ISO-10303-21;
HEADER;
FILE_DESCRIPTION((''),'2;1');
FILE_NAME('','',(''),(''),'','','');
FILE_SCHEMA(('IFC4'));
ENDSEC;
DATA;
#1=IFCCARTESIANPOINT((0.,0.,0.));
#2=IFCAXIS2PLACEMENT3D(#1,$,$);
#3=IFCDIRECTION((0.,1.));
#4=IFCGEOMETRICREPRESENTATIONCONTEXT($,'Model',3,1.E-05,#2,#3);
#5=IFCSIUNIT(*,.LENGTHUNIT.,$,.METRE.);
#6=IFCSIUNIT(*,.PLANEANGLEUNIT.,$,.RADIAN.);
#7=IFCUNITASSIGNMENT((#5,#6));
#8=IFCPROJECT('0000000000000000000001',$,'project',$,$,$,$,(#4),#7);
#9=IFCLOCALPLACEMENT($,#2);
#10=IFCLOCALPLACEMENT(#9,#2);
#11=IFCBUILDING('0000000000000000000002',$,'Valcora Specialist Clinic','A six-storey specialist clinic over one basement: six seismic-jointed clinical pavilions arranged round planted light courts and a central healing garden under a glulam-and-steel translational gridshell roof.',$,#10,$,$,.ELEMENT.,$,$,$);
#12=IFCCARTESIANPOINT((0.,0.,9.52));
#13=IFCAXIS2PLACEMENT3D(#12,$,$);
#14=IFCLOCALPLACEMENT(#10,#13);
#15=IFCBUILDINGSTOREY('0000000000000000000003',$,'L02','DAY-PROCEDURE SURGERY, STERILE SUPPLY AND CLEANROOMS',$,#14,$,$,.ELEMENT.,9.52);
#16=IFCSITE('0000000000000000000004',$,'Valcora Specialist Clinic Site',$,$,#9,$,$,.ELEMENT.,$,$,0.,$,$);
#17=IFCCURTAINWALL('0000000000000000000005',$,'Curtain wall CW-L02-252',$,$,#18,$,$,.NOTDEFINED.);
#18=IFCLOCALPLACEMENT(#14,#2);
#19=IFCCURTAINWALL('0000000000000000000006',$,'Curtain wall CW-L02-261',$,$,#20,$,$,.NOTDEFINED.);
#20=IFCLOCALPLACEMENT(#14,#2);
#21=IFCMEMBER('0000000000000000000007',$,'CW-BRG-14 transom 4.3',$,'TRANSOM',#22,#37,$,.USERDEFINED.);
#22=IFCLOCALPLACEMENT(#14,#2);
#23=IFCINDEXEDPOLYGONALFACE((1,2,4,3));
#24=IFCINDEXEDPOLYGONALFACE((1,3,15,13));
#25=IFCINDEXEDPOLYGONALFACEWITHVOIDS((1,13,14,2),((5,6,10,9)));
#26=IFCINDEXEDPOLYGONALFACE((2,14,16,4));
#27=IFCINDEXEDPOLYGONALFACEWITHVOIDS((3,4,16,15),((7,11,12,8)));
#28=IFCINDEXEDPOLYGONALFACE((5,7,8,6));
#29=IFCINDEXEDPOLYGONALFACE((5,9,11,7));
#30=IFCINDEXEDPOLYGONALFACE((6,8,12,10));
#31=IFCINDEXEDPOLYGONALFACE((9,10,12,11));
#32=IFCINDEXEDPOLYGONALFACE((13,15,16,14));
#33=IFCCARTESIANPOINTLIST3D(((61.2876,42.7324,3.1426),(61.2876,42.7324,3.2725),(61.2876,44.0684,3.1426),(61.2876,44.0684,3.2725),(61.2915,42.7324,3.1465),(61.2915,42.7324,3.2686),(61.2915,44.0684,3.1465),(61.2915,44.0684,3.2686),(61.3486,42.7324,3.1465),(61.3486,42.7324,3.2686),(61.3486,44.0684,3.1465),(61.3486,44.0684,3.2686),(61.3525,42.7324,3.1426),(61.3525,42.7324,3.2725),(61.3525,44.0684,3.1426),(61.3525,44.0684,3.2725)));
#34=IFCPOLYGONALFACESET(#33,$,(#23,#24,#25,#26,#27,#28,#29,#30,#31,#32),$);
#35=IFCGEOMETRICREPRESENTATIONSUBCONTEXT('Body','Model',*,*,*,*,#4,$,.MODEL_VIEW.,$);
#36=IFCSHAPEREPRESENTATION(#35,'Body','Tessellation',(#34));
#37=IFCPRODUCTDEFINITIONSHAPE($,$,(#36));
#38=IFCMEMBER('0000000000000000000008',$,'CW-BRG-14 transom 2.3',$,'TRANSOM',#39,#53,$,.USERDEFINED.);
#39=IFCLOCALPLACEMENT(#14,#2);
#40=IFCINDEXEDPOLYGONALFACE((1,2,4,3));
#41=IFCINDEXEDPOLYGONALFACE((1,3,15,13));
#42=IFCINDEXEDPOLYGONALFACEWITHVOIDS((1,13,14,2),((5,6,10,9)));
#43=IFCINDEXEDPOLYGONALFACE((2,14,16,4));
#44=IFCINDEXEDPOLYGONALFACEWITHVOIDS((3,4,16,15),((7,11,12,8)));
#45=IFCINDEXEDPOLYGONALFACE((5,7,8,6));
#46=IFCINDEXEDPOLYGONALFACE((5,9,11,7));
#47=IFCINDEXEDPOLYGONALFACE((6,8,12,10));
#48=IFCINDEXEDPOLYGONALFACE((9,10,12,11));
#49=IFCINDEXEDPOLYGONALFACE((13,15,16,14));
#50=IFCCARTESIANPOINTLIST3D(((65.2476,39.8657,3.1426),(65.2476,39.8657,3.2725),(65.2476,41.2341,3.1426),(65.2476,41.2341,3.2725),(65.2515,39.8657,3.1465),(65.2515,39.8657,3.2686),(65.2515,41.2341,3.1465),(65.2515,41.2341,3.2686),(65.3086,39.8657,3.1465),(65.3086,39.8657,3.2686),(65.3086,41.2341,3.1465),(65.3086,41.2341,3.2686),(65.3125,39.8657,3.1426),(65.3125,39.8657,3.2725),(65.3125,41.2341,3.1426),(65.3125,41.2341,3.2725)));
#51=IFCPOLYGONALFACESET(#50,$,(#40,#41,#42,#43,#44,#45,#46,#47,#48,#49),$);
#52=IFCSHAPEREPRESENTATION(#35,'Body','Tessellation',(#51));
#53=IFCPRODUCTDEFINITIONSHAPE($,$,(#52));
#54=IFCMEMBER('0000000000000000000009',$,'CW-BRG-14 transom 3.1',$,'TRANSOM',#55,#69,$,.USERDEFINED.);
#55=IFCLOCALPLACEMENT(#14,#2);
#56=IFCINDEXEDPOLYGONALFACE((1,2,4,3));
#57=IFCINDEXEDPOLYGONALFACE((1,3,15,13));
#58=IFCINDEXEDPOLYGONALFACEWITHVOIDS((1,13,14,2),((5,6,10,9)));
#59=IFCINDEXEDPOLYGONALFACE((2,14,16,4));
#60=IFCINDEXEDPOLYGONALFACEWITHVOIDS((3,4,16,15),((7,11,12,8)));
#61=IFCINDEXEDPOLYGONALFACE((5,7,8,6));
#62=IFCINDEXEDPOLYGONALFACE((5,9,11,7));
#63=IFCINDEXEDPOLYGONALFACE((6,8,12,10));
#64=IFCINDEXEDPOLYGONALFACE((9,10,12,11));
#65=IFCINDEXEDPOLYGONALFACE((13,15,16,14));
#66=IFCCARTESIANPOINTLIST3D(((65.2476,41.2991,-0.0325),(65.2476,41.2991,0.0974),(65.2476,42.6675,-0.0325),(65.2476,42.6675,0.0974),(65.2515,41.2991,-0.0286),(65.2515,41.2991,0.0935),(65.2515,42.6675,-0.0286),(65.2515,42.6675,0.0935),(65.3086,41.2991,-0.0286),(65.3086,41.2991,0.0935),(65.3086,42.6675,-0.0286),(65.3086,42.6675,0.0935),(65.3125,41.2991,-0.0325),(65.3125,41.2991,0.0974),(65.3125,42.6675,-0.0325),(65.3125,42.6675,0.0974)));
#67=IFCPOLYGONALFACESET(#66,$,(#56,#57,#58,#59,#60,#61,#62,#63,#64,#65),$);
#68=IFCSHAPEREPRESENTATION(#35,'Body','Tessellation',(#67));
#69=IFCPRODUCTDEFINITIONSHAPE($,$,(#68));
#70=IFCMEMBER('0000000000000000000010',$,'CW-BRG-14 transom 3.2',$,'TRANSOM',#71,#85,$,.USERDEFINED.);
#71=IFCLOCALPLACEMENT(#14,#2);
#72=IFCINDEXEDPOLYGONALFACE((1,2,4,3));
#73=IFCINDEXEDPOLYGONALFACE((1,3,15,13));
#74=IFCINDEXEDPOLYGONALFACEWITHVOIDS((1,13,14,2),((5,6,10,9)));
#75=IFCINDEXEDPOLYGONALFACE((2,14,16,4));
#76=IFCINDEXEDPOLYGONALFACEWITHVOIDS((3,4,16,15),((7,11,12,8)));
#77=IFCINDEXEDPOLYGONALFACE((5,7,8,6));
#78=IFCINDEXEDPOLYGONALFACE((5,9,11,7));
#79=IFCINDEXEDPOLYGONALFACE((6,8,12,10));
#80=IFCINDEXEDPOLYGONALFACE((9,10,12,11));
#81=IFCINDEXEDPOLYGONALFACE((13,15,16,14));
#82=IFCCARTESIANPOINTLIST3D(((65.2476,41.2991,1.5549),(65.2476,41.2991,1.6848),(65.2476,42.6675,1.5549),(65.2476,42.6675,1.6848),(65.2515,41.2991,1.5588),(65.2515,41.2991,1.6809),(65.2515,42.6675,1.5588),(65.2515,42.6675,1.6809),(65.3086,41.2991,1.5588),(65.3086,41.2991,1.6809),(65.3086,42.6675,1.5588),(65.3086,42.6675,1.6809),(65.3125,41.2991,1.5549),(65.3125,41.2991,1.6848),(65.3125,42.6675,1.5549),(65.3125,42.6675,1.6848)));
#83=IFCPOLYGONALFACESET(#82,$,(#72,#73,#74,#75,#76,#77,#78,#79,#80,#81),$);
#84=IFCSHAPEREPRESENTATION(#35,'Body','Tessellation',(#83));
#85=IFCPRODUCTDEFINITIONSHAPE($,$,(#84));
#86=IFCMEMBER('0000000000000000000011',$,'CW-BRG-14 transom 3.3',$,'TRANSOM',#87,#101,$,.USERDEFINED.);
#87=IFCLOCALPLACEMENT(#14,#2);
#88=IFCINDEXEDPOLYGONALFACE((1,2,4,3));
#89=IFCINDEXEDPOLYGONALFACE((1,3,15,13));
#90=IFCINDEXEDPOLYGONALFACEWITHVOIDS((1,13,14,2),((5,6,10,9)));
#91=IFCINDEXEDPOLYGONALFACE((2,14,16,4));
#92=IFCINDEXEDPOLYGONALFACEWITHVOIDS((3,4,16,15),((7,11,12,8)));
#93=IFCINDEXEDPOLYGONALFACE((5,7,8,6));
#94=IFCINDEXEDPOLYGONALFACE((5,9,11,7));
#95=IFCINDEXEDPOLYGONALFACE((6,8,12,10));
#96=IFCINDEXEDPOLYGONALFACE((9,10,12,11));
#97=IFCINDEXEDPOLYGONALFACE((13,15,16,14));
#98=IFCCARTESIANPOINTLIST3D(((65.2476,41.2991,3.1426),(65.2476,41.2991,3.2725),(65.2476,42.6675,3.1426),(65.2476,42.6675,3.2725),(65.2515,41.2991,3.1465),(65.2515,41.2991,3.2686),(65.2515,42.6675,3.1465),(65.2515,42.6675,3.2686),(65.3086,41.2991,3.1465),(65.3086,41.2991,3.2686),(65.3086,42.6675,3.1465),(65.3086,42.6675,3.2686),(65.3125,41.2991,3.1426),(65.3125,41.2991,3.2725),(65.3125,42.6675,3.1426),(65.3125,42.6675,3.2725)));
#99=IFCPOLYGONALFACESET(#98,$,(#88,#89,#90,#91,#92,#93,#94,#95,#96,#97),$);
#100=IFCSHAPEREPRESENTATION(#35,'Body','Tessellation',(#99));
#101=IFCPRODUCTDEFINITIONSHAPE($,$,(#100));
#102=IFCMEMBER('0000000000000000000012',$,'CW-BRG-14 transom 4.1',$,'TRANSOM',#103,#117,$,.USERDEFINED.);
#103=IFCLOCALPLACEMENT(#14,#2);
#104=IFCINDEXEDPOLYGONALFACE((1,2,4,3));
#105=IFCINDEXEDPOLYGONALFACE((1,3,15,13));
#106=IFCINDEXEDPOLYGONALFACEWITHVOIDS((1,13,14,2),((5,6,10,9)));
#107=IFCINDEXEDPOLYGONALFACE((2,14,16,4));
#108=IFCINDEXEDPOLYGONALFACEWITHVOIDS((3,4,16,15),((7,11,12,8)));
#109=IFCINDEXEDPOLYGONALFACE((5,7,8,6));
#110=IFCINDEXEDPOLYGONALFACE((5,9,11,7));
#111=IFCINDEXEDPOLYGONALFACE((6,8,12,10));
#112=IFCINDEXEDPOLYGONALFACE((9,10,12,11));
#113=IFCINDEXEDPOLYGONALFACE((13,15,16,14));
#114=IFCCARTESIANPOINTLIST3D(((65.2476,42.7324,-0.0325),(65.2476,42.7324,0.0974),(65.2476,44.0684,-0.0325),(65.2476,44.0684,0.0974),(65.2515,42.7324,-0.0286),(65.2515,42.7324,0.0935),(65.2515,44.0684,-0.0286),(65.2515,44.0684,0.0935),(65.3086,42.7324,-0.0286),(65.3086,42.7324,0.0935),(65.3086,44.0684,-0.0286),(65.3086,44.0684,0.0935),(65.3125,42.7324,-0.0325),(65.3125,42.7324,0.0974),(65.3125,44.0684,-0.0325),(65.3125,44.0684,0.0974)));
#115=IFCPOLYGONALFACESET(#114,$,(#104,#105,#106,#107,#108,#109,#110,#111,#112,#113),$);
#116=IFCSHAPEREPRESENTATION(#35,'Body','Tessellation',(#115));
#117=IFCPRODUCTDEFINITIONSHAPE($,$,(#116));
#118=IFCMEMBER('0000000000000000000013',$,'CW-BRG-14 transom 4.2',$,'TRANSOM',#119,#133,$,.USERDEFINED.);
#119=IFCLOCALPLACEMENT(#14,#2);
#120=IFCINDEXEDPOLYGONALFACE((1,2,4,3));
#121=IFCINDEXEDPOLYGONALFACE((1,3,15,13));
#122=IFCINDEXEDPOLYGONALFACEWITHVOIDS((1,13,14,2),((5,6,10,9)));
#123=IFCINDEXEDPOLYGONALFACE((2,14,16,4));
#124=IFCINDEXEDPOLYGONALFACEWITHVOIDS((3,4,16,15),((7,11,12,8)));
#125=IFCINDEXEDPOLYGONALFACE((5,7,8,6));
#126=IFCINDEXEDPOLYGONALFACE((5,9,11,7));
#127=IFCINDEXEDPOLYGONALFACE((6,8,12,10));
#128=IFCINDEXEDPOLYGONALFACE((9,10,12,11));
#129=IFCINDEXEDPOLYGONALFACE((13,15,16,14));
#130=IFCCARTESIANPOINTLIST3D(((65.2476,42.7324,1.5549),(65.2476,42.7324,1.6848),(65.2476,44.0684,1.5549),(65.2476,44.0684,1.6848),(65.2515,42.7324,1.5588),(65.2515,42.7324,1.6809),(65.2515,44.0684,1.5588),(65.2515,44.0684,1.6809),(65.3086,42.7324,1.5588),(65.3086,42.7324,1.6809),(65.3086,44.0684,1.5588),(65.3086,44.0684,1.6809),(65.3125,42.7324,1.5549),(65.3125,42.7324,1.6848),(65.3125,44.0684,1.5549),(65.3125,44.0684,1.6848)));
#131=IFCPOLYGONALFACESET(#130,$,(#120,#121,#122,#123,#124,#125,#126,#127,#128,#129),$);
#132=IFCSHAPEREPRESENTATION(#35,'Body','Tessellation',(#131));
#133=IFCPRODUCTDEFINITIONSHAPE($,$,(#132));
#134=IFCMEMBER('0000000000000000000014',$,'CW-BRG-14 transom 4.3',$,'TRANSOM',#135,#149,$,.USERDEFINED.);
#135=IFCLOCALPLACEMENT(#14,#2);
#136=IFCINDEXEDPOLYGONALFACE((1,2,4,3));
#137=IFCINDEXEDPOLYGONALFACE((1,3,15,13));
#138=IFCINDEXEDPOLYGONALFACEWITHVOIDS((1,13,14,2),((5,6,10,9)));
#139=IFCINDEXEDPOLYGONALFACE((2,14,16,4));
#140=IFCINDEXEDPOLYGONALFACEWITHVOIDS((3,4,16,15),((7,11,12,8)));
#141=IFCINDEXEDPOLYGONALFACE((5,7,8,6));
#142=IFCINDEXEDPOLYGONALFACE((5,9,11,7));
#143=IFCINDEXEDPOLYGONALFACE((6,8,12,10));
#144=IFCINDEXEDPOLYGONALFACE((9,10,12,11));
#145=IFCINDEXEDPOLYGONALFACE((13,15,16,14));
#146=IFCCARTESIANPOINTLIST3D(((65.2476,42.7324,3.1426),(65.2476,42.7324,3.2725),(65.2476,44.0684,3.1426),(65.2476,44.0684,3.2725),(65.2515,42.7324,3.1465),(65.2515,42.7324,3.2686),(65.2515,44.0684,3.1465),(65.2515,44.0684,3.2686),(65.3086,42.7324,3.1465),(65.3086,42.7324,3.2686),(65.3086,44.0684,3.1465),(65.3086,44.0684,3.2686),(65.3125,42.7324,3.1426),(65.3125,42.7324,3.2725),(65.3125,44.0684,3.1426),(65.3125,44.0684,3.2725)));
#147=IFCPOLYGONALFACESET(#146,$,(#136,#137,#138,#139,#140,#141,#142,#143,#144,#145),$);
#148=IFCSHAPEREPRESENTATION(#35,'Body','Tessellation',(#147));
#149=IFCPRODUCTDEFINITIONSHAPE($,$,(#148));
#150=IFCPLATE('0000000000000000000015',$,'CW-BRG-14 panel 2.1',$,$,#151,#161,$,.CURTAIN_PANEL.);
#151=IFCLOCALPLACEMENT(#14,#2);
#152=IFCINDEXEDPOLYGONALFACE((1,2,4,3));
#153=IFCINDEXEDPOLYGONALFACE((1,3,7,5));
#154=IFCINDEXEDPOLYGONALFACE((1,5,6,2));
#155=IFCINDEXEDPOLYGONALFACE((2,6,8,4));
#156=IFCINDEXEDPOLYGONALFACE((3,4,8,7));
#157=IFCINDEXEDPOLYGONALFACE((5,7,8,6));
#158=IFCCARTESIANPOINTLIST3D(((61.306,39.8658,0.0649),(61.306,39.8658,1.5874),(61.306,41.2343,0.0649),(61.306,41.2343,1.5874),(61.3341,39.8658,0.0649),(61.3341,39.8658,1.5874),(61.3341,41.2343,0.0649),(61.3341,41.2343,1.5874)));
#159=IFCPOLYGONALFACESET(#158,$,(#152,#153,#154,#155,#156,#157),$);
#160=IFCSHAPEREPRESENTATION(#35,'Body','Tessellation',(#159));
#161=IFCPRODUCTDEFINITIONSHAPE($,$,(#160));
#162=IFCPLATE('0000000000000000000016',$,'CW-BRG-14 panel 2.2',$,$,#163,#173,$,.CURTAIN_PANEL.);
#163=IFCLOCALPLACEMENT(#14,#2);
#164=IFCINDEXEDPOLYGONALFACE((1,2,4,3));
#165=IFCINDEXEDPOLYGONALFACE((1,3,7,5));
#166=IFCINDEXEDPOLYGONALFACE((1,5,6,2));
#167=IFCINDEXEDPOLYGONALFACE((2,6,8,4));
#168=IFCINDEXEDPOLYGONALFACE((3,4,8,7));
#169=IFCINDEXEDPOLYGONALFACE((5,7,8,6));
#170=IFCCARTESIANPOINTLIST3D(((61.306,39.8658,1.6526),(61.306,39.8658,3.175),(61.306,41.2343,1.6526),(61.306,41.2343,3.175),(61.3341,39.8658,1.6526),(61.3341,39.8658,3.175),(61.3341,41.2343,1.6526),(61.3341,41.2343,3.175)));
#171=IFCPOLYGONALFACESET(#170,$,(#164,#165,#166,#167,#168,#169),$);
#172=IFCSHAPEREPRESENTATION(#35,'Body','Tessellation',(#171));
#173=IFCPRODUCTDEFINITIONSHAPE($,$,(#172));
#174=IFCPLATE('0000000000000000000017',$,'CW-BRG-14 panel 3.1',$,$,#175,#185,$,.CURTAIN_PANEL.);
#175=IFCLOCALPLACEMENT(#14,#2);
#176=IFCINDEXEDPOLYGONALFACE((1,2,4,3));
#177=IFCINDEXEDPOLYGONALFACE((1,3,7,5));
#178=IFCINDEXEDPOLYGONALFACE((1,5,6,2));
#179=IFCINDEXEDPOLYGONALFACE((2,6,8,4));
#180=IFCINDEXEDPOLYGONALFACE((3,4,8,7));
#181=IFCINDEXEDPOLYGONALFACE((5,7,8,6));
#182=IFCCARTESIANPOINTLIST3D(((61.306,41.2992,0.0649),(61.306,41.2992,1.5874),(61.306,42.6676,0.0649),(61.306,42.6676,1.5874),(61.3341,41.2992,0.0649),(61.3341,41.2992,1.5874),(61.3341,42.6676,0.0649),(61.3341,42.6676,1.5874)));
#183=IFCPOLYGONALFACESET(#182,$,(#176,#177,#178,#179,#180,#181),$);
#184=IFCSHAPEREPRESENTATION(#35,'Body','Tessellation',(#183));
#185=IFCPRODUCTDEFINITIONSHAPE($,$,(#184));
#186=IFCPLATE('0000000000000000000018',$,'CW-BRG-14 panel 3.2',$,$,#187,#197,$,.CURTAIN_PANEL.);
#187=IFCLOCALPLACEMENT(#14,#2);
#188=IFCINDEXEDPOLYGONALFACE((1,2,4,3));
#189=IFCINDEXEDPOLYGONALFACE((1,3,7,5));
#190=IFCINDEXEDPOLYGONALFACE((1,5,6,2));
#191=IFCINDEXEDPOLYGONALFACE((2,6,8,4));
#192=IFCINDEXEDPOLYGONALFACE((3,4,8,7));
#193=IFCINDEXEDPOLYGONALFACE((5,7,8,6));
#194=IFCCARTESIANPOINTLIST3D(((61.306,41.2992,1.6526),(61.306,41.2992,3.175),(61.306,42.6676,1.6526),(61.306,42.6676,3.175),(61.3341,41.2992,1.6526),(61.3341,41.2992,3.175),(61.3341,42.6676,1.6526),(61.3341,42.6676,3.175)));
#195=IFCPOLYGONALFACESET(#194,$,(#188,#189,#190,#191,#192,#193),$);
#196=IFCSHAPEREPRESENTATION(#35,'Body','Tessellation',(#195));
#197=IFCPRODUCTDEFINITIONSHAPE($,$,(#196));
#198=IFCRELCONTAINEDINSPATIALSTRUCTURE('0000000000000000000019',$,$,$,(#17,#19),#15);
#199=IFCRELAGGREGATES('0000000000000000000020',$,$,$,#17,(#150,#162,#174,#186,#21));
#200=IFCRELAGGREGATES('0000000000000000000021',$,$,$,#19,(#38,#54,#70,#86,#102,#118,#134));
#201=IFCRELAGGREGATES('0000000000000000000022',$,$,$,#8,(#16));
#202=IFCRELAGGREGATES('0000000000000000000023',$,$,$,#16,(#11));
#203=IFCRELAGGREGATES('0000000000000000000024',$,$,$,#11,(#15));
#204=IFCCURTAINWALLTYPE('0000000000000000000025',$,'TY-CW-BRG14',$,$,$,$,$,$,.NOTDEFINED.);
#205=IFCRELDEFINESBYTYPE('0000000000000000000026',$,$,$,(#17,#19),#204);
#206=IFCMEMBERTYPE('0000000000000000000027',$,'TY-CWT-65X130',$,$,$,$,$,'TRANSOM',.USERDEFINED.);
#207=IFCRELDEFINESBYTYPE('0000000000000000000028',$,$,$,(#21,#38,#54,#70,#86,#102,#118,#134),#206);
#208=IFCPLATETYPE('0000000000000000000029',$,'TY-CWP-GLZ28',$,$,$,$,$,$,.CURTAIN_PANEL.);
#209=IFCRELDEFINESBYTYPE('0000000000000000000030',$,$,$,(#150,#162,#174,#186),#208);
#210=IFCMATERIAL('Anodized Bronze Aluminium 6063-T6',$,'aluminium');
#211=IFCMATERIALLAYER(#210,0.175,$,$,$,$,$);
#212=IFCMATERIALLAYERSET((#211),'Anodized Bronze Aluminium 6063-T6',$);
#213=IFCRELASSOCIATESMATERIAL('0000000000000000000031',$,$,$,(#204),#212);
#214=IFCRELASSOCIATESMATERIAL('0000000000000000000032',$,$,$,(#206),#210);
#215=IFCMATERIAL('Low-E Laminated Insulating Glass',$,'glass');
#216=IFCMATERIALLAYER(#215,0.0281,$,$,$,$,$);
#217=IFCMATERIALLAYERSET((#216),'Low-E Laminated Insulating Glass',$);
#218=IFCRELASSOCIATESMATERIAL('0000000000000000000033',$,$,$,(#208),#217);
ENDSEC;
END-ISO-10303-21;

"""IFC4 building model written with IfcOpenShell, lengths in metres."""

from ifc_helpers import new_model, si_unit, direction, frame, origin, origin_2d, place, context, subcontext, project, spatial, rectangle, hollow_rectangle, extrude, material, layer, layer_set, material_profile, profile_set, type_object, element, aggregate, save


model = new_model("IFC4")

# Units and contexts
model_context = context("Model", 3, precision=1e-05, world=origin(), true_north=direction((0.0, 1.0)))
body_context = subcontext(model_context, "Body", "Model", "MODEL_VIEW")
ifc_project = project(units=[si_unit("LENGTHUNIT", "METRE"), si_unit("PLANEANGLEUNIT", "RADIAN")], contexts=[model_context])

# Site, building, storey
site_placement = place(None, origin())
site = spatial("IfcSite", under=ifc_project, at=site_placement, Name="Valcora Specialist Clinic Site", CompositionType="ELEMENT", RefElevation=0.0)
building_placement = place(site_placement, origin())
building = spatial("IfcBuilding", under=site, at=building_placement, Name="Valcora Specialist Clinic", Description="A six-storey specialist clinic over one basement: six seismic-jointed clinical pavilions arranged round planted light courts and a central healing garden under a glulam-and-steel translational gridshell roof.", CompositionType="ELEMENT")
storey_placement = place(building_placement, frame((0.0, 0.0, 9.52)))
storey = spatial("IfcBuildingStorey", under=building, at=storey_placement, Name="L02", Description="DAY-PROCEDURE SURGERY, STERILE SUPPLY AND CLEANROOMS", CompositionType="ELEMENT", Elevation=9.52)

# Curtain walls
ifc_material_1 = material(Name="Anodized Bronze Aluminium 6063-T6", Category="aluminium")
ifc_layer_1 = layer(ifc_material_1, 0.175)
ifc_layer_set_1 = layer_set([ifc_layer_1], Name="Anodized Bronze Aluminium 6063-T6")
curtain_wall_type = type_object("IfcCurtainWallType", Name="TY-CW-BRG14", PredefinedType="NOTDEFINED", material=ifc_layer_set_1)
curtain_wall_1_placement = place(storey_placement, origin())
curtain_wall_1 = element("IfcCurtainWall", 1, at=curtain_wall_1_placement, inside=storey, type_object=curtain_wall_type, Name="Curtain wall CW-L02-252", PredefinedType="NOTDEFINED")
curtain_wall_2_placement = place(storey_placement, origin())
curtain_wall_2 = element("IfcCurtainWall", 2, at=curtain_wall_2_placement, inside=storey, type_object=curtain_wall_type, Name="Curtain wall CW-L02-261", PredefinedType="NOTDEFINED")

# Members
ifc_material_profile_1 = material_profile(ifc_material_1, hollow_rectangle(XDim=0.0649, YDim=0.1299, WallThickness=0.0039, at=origin_2d()), Name="AL-TRN-65X130")
ifc_profile_set_1 = profile_set([ifc_material_profile_1], Name="Anodized Bronze Aluminium 6063-T6")
member_type_1 = type_object("IfcMemberType", Name="TY-CWT-65X130", ElementType="TRANSOM", PredefinedType="USERDEFINED", material=ifc_profile_set_1)
member_1_placement = place(storey_placement, frame((61.3201, 42.7324, 3.2075), z_axis=(0.0, 1.0, 0.0), x_axis=(-1.0, 0.0, 0.0)))
member_1 = element("IfcMember", 3, at=member_1_placement, type_object=member_type_1, Name="CW-BRG-14 transom 4.3", ObjectType="TRANSOM", PredefinedType="USERDEFINED", context=body_context, shape_type="SweptSolid", body=[
    extrude(hollow_rectangle(XDim=0.0649, YDim=0.1299, WallThickness=0.0039, at=origin_2d()), origin(), (0.0, 0.0, 1.0), 1.3359),
])
member_2_placement = place(storey_placement, frame((65.28, 39.8657, 3.2075), z_axis=(0.0, 1.0, 0.0), x_axis=(-1.0, 0.0, 0.0)))
member_2 = element("IfcMember", 4, at=member_2_placement, type_object=member_type_1, Name="CW-BRG-14 transom 2.3", ObjectType="TRANSOM", PredefinedType="USERDEFINED", context=body_context, shape_type="SweptSolid", body=[
    extrude(hollow_rectangle(XDim=0.0649, YDim=0.1299, WallThickness=0.0039, at=origin_2d()), origin(), (0.0, 0.0, 1.0), 1.3684),
])
member_3_placement = place(storey_placement, frame((65.28, 41.2991, 0.0325), z_axis=(0.0, 1.0, 0.0), x_axis=(-1.0, 0.0, 0.0)))
member_3 = element("IfcMember", 5, at=member_3_placement, type_object=member_type_1, Name="CW-BRG-14 transom 3.1", ObjectType="TRANSOM", PredefinedType="USERDEFINED", context=body_context, shape_type="SweptSolid", body=[
    extrude(hollow_rectangle(XDim=0.0649, YDim=0.1299, WallThickness=0.0039, at=origin_2d()), origin(), (0.0, 0.0, 1.0), 1.3684),
])
member_4_placement = place(storey_placement, frame((65.28, 41.2991, 1.6199), z_axis=(0.0, 1.0, 0.0), x_axis=(-1.0, 0.0, 0.0)))
member_4 = element("IfcMember", 6, at=member_4_placement, type_object=member_type_1, Name="CW-BRG-14 transom 3.2", ObjectType="TRANSOM", PredefinedType="USERDEFINED", context=body_context, shape_type="SweptSolid", body=[
    extrude(hollow_rectangle(XDim=0.0649, YDim=0.1299, WallThickness=0.0039, at=origin_2d()), origin(), (0.0, 0.0, 1.0), 1.3684),
])
member_5_placement = place(storey_placement, frame((65.28, 41.2991, 3.2075), z_axis=(0.0, 1.0, 0.0), x_axis=(-1.0, 0.0, 0.0)))
member_5 = element("IfcMember", 7, at=member_5_placement, type_object=member_type_1, Name="CW-BRG-14 transom 3.3", ObjectType="TRANSOM", PredefinedType="USERDEFINED", context=body_context, shape_type="SweptSolid", body=[
    extrude(hollow_rectangle(XDim=0.0649, YDim=0.1299, WallThickness=0.0039, at=origin_2d()), origin(), (0.0, 0.0, 1.0), 1.3684),
])
member_6_placement = place(storey_placement, frame((65.28, 42.7324, 0.0325), z_axis=(0.0, 1.0, 0.0), x_axis=(-1.0, 0.0, 0.0)))
member_6 = element("IfcMember", 8, at=member_6_placement, type_object=member_type_1, Name="CW-BRG-14 transom 4.1", ObjectType="TRANSOM", PredefinedType="USERDEFINED", context=body_context, shape_type="SweptSolid", body=[
    extrude(hollow_rectangle(XDim=0.0649, YDim=0.1299, WallThickness=0.0039, at=origin_2d()), origin(), (0.0, 0.0, 1.0), 1.3359),
])
member_7_placement = place(storey_placement, frame((65.28, 42.7324, 1.6199), z_axis=(0.0, 1.0, 0.0), x_axis=(-1.0, 0.0, 0.0)))
member_7 = element("IfcMember", 9, at=member_7_placement, type_object=member_type_1, Name="CW-BRG-14 transom 4.2", ObjectType="TRANSOM", PredefinedType="USERDEFINED", context=body_context, shape_type="SweptSolid", body=[
    extrude(hollow_rectangle(XDim=0.0649, YDim=0.1299, WallThickness=0.0039, at=origin_2d()), origin(), (0.0, 0.0, 1.0), 1.3359),
])
member_8_placement = place(storey_placement, frame((65.28, 42.7324, 3.2075), z_axis=(0.0, 1.0, 0.0), x_axis=(-1.0, 0.0, 0.0)))
member_8 = element("IfcMember", 10, at=member_8_placement, type_object=member_type_1, Name="CW-BRG-14 transom 4.3", ObjectType="TRANSOM", PredefinedType="USERDEFINED", context=body_context, shape_type="SweptSolid", body=[
    extrude(hollow_rectangle(XDim=0.0649, YDim=0.1299, WallThickness=0.0039, at=origin_2d()), origin(), (0.0, 0.0, 1.0), 1.3359),
])

# Plates
ifc_material_2 = material(Name="Low-E Laminated Insulating Glass", Category="glass")
ifc_layer_2 = layer(ifc_material_2, 0.0281)
ifc_layer_set_2 = layer_set([ifc_layer_2], Name="Low-E Laminated Insulating Glass")
plate_type_1 = type_object("IfcPlateType", Name="TY-CWP-GLZ28", PredefinedType="CURTAIN_PANEL", material=ifc_layer_set_2)
plate_1_placement = place(storey_placement, frame((61.3201, 40.55, 0.0649), z_axis=(0.0, 0.0, 1.0), x_axis=(0.0, 1.0, 0.0)))
plate_1 = element("IfcPlate", 11, at=plate_1_placement, type_object=plate_type_1, Name="CW-BRG-14 panel 2.1", PredefinedType="CURTAIN_PANEL", context=body_context, shape_type="SweptSolid", body=[
    extrude(rectangle(XDim=1.3684, YDim=0.0281, at=origin_2d()), origin(), (0.0, 0.0, 1.0), 1.5225),
])
plate_2_placement = place(storey_placement, frame((61.3201, 40.55, 1.6526), z_axis=(0.0, 0.0, 1.0), x_axis=(0.0, 1.0, 0.0)))
plate_2 = element("IfcPlate", 12, at=plate_2_placement, type_object=plate_type_1, Name="CW-BRG-14 panel 2.2", PredefinedType="CURTAIN_PANEL", context=body_context, shape_type="SweptSolid", body=[
    extrude(rectangle(XDim=1.3684, YDim=0.0281, at=origin_2d()), origin(), (0.0, 0.0, 1.0), 1.5225),
])
plate_3_placement = place(storey_placement, frame((61.3201, 41.9834, 0.0649), z_axis=(0.0, 0.0, 1.0), x_axis=(0.0, 1.0, 0.0)))
plate_3 = element("IfcPlate", 13, at=plate_3_placement, type_object=plate_type_1, Name="CW-BRG-14 panel 3.1", PredefinedType="CURTAIN_PANEL", context=body_context, shape_type="SweptSolid", body=[
    extrude(rectangle(XDim=1.3684, YDim=0.0281, at=origin_2d()), origin(), (0.0, 0.0, 1.0), 1.5225),
])
plate_4_placement = place(storey_placement, frame((61.3201, 41.9834, 1.6526), z_axis=(0.0, 0.0, 1.0), x_axis=(0.0, 1.0, 0.0)))
plate_4 = element("IfcPlate", 14, at=plate_4_placement, type_object=plate_type_1, Name="CW-BRG-14 panel 3.2", PredefinedType="CURTAIN_PANEL", context=body_context, shape_type="SweptSolid", body=[
    extrude(rectangle(XDim=1.3684, YDim=0.0281, at=origin_2d()), origin(), (0.0, 0.0, 1.0), 1.5225),
])
aggregate(curtain_wall_1, [plate_1, plate_2, plate_3, plate_4, member_1])
aggregate(curtain_wall_2, [member_2, member_3, member_4, member_5, member_6, member_7, member_8])

save(model, "model.ifc")
